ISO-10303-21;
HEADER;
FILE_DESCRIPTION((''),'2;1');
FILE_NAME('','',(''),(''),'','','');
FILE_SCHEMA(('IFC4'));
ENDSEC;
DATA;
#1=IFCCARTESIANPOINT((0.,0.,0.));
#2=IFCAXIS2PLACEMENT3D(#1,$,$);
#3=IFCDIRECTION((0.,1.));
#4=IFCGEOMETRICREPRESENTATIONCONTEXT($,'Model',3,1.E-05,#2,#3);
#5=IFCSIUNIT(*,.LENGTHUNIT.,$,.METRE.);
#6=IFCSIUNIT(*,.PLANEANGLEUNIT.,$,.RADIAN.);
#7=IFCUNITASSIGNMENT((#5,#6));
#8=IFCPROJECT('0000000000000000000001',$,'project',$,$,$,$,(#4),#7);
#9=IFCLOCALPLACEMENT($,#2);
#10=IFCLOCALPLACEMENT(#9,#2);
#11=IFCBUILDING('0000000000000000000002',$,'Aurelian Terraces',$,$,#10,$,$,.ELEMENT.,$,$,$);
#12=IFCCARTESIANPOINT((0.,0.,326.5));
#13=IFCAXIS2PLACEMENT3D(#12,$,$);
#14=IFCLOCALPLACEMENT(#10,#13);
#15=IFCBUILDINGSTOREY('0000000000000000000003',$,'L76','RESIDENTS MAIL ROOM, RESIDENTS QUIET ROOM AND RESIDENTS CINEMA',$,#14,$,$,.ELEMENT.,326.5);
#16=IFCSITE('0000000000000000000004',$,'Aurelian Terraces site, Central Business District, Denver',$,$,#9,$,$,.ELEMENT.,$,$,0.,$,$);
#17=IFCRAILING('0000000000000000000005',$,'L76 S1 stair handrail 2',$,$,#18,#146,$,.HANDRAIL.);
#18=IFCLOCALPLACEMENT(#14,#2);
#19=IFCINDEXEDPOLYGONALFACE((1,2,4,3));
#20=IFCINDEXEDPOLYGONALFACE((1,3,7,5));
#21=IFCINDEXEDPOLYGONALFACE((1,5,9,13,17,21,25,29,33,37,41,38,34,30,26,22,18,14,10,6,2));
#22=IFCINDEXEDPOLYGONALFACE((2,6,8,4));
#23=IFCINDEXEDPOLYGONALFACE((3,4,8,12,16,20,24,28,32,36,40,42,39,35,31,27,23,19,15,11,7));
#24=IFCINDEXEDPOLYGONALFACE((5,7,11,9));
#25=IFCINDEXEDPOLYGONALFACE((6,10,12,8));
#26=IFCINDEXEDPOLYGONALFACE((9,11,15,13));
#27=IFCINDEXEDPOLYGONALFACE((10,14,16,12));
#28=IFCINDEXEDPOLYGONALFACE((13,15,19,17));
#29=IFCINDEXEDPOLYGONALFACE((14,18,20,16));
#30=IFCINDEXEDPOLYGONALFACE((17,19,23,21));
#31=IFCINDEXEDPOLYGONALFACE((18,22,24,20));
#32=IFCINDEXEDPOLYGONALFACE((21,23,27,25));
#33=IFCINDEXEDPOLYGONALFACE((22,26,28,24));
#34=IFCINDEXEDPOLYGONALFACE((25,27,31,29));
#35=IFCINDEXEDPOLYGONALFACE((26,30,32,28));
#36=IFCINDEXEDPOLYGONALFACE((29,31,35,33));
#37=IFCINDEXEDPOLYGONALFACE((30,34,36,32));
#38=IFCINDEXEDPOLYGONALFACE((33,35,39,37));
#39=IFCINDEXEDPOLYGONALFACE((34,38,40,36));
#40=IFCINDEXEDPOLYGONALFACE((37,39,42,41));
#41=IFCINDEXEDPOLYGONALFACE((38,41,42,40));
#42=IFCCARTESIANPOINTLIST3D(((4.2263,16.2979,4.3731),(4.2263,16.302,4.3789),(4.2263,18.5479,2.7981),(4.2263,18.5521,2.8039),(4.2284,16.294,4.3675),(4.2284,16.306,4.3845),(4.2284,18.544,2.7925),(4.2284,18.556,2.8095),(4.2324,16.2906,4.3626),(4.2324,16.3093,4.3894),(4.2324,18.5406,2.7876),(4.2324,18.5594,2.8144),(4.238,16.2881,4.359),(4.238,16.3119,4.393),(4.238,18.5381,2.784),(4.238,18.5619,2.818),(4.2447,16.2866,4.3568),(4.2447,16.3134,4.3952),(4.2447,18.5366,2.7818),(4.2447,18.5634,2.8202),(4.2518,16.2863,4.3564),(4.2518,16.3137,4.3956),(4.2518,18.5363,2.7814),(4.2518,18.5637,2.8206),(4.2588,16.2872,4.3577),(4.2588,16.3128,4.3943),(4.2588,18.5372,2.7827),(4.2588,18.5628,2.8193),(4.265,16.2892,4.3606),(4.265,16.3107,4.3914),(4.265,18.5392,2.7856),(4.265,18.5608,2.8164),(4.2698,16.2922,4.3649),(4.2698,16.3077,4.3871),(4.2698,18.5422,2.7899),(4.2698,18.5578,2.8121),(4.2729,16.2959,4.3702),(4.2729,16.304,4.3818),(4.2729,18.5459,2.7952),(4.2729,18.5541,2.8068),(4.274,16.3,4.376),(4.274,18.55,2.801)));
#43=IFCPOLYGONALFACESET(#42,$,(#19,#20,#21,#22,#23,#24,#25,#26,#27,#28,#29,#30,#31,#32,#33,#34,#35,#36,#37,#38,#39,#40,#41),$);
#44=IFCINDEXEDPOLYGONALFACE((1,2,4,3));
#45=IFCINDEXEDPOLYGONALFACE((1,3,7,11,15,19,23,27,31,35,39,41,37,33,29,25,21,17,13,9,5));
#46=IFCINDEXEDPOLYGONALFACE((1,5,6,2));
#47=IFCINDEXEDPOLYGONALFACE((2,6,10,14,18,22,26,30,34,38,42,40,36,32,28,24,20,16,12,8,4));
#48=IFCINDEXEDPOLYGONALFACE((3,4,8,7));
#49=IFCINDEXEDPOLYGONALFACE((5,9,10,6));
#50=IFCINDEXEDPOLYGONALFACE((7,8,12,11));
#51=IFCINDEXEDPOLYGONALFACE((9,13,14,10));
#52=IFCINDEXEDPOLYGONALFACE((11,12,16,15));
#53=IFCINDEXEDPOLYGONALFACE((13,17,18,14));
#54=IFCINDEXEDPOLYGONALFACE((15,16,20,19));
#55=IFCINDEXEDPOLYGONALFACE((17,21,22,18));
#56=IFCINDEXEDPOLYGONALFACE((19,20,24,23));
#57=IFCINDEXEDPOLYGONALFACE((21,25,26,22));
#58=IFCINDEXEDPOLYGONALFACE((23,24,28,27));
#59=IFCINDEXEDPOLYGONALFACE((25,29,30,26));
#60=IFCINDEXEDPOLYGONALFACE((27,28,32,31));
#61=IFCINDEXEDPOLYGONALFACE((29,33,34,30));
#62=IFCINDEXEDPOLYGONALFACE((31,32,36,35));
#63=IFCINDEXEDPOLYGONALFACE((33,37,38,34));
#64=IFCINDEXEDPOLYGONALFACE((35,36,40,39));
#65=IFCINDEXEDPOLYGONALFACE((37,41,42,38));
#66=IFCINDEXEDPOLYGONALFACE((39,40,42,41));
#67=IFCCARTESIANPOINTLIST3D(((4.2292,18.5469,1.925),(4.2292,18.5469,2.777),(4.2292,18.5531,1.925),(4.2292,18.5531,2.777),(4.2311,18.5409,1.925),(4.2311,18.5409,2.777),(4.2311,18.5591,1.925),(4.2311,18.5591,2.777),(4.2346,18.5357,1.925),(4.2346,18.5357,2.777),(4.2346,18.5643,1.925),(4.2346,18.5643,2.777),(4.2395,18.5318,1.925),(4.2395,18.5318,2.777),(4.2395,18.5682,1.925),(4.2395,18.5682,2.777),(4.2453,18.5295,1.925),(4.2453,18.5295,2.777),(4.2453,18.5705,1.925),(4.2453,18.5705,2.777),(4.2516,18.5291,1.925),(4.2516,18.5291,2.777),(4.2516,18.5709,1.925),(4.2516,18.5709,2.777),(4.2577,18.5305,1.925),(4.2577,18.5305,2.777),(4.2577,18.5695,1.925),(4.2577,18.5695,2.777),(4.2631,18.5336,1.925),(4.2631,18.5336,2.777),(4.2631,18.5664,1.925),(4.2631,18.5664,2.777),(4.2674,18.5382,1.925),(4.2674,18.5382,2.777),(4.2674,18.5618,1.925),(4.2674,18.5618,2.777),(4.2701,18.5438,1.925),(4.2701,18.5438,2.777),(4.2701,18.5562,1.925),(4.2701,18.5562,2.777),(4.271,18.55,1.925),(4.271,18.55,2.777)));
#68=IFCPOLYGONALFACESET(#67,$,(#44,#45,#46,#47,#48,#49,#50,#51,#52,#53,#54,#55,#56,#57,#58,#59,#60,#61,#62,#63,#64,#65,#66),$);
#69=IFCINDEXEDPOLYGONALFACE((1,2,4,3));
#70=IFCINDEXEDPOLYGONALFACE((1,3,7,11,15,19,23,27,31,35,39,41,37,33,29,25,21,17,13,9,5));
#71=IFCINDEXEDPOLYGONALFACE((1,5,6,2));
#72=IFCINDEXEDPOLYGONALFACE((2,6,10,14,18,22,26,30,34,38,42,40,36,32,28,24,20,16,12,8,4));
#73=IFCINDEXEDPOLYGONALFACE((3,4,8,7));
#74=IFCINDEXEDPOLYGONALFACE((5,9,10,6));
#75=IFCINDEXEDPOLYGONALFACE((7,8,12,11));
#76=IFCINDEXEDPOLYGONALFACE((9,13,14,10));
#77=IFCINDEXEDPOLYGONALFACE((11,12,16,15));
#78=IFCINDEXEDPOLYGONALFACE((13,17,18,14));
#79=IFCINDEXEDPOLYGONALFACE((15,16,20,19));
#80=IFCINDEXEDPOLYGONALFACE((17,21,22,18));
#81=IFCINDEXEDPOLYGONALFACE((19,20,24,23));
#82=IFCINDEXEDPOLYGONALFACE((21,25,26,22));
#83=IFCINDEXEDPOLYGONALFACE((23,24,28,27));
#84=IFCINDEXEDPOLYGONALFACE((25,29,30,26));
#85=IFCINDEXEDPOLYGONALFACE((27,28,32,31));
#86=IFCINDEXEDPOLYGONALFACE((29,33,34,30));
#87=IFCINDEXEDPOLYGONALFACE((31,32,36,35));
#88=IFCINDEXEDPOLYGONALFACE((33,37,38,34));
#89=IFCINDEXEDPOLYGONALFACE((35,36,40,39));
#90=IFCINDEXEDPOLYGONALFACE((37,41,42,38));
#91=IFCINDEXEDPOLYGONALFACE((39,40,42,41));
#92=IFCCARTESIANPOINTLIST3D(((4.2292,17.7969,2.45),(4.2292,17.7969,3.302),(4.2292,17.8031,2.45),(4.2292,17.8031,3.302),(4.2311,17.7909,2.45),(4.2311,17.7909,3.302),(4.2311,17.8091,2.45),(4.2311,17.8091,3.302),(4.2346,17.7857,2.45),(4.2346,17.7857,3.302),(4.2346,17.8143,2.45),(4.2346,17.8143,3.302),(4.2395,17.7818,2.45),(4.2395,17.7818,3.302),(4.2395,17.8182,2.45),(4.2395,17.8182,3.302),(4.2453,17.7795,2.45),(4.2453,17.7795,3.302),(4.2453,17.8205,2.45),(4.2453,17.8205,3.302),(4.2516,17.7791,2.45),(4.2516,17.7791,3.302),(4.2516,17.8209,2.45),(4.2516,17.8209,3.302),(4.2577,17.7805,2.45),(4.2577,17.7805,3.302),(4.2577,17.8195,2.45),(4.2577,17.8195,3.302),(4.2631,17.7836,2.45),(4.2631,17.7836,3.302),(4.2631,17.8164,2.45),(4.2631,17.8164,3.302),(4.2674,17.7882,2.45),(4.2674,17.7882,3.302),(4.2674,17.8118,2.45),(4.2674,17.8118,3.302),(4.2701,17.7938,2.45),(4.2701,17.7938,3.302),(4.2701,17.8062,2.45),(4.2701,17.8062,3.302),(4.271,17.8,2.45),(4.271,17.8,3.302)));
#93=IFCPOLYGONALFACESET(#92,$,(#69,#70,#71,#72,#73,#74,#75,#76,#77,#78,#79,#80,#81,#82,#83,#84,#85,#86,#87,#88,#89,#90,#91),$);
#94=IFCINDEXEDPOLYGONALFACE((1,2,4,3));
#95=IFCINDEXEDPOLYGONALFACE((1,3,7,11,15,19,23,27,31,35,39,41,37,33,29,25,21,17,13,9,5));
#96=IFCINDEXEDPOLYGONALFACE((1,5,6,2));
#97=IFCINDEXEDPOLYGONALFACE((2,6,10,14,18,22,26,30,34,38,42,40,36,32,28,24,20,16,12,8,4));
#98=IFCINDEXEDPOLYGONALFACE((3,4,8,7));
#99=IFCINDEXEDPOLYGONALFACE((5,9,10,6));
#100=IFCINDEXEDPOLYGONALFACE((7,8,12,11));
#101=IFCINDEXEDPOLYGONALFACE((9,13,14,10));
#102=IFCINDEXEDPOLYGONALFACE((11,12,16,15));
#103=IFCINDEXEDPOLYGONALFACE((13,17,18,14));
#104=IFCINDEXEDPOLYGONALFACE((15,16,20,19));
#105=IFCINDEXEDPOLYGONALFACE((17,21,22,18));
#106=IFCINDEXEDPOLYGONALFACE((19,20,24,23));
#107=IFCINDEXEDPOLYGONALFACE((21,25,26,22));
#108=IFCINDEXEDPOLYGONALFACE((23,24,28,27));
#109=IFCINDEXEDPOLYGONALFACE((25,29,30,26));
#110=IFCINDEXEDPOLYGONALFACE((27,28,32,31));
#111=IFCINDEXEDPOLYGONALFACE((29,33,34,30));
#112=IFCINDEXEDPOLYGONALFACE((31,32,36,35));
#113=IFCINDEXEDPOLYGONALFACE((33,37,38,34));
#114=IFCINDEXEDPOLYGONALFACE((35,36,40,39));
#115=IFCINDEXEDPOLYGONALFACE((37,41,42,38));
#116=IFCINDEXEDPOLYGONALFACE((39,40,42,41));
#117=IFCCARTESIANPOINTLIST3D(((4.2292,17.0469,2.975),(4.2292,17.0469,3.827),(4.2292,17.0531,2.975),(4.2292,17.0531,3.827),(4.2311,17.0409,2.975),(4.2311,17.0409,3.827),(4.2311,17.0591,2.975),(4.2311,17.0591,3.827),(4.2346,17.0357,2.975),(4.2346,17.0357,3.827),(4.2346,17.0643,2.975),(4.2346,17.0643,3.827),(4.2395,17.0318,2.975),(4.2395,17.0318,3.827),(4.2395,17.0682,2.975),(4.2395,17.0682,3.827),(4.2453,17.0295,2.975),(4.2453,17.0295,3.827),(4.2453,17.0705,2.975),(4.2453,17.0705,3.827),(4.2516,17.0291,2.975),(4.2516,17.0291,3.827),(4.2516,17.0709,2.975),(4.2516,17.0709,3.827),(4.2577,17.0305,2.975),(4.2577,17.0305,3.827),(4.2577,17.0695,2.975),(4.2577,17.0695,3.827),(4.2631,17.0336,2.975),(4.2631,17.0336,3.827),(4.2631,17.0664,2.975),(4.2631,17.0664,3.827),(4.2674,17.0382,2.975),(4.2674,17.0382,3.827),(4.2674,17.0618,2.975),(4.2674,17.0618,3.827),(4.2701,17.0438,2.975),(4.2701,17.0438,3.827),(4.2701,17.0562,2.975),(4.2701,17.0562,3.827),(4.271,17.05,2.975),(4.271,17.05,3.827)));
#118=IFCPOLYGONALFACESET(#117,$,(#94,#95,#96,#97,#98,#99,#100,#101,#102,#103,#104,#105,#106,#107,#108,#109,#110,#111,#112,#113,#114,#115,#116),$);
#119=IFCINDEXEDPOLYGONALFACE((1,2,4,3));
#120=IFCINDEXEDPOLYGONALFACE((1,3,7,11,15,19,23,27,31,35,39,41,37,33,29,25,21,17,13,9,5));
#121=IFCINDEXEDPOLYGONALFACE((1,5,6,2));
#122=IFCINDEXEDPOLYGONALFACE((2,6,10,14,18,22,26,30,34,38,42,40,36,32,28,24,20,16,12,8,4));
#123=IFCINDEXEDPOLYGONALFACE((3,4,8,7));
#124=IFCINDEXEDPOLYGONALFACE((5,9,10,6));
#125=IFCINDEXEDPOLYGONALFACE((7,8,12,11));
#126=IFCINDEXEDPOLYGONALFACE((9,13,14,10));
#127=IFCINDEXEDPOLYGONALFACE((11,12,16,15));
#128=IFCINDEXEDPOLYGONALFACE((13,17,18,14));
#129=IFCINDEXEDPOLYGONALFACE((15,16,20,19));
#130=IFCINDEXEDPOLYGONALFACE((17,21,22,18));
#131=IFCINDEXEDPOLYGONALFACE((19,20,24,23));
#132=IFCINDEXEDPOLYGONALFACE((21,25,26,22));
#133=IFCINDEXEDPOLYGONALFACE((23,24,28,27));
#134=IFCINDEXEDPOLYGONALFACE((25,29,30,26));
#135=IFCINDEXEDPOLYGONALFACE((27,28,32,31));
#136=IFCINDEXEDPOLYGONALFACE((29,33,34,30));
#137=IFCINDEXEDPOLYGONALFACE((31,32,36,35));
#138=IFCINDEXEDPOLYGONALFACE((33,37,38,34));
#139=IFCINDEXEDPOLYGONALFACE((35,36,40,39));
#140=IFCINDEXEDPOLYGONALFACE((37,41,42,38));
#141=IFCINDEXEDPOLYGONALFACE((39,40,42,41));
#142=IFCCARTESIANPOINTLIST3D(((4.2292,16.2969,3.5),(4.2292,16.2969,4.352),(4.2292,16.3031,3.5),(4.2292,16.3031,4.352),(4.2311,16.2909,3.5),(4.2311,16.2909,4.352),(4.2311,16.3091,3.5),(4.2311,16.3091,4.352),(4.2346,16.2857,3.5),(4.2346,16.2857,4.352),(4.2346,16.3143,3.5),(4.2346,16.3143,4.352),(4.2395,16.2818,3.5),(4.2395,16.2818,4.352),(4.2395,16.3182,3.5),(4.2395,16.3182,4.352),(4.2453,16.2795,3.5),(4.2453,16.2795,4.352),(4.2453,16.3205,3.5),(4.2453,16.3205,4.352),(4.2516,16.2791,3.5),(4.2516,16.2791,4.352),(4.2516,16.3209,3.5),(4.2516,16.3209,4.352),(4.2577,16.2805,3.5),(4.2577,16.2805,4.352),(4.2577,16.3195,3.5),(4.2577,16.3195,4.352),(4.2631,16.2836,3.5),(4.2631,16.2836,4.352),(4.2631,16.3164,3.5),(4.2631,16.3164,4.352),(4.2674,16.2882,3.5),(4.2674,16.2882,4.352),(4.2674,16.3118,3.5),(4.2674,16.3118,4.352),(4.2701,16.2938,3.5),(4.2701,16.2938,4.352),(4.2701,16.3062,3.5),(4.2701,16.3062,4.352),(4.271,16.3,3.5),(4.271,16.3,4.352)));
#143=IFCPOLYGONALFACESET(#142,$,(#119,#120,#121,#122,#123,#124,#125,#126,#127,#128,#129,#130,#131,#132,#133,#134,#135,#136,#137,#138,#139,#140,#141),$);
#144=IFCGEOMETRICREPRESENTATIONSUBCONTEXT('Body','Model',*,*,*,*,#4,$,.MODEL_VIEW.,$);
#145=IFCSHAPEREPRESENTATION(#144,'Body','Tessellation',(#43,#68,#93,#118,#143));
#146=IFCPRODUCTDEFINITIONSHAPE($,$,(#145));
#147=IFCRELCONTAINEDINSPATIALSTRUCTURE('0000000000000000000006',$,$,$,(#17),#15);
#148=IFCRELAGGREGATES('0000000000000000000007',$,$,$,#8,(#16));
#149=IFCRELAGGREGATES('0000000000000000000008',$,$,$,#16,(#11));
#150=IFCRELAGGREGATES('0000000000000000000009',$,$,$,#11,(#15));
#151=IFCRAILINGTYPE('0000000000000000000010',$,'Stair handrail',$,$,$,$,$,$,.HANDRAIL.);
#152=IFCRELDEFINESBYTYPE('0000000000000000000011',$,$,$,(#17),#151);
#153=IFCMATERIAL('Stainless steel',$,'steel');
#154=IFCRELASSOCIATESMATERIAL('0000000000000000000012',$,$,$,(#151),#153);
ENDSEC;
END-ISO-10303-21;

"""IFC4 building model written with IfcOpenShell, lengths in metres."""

from ifc_helpers import new_model, si_unit, direction, frame, origin, origin_2d, place, context, subcontext, project, spatial, circle, extrude, source, transform, mapped, material, type_object, element, save


model = new_model("IFC4")

# Units and contexts
model_context = context("Model", 3, precision=1e-05, world=origin(), true_north=direction((0.0, 1.0)))
body_context = subcontext(model_context, "Body", "Model", "MODEL_VIEW")
ifc_project = project(units=[si_unit("LENGTHUNIT", "METRE"), si_unit("PLANEANGLEUNIT", "RADIAN")], contexts=[model_context])

# Site, building, storey
site_placement = place(None, origin())
site = spatial("IfcSite", under=ifc_project, at=site_placement, Name="Aurelian Terraces site, Central Business District, Denver", CompositionType="ELEMENT", RefElevation=0.0)
building_placement = place(site_placement, origin())
building = spatial("IfcBuilding", under=site, at=building_placement, Name="Aurelian Terraces", CompositionType="ELEMENT")
storey_placement = place(building_placement, frame((0.0, 0.0, 326.5)))
storey = spatial("IfcBuildingStorey", under=building, at=storey_placement, Name="L76", Description="RESIDENTS MAIL ROOM, RESIDENTS QUIET ROOM AND RESIDENTS CINEMA", CompositionType="ELEMENT", Elevation=326.5)

# Railing
ifc_material_1 = material(Name="Stainless steel", Category="steel")
railing_type_1 = type_object("IfcRailingType", Name="Stair handrail", PredefinedType="HANDRAIL", material=ifc_material_1)
shared_shape_1 = source(origin(), body_context, "Body", "SweptSolid", [
    extrude(circle(Radius=0.024, at=origin_2d()), frame((0.0, 0.0, 0.876), z_axis=(0.0, -0.819232, 0.573462), x_axis=(1.0, 0.0, 0.0)), (0.0, 0.0, 1.0), 2.7465),
    extrude(circle(Radius=0.021, at=origin_2d()), origin(), (0.0, 0.0, 1.0), 0.852),
    extrude(circle(Radius=0.021, at=origin_2d()), frame((0.0, -0.75, 0.525)), (0.0, 0.0, 1.0), 0.852),
    extrude(circle(Radius=0.021, at=origin_2d()), frame((0.0, -1.5, 1.05)), (0.0, 0.0, 1.0), 0.852),
    extrude(circle(Radius=0.021, at=origin_2d()), frame((0.0, -2.25, 1.575)), (0.0, 0.0, 1.0), 0.852),
])
railing_1_placement = place(storey_placement, frame((4.25, 18.55, 1.925)))
element("IfcRailing", 1, at=railing_1_placement, inside=storey, type_object=railing_type_1, Name="L76 S1 stair handrail 2", PredefinedType="HANDRAIL", context=body_context, shape_type="MappedRepresentation", body=[
    mapped(shared_shape_1, transform((0.0, 0.0, 0.0), scale=1.0)),
])

save(model, "model.ifc")
